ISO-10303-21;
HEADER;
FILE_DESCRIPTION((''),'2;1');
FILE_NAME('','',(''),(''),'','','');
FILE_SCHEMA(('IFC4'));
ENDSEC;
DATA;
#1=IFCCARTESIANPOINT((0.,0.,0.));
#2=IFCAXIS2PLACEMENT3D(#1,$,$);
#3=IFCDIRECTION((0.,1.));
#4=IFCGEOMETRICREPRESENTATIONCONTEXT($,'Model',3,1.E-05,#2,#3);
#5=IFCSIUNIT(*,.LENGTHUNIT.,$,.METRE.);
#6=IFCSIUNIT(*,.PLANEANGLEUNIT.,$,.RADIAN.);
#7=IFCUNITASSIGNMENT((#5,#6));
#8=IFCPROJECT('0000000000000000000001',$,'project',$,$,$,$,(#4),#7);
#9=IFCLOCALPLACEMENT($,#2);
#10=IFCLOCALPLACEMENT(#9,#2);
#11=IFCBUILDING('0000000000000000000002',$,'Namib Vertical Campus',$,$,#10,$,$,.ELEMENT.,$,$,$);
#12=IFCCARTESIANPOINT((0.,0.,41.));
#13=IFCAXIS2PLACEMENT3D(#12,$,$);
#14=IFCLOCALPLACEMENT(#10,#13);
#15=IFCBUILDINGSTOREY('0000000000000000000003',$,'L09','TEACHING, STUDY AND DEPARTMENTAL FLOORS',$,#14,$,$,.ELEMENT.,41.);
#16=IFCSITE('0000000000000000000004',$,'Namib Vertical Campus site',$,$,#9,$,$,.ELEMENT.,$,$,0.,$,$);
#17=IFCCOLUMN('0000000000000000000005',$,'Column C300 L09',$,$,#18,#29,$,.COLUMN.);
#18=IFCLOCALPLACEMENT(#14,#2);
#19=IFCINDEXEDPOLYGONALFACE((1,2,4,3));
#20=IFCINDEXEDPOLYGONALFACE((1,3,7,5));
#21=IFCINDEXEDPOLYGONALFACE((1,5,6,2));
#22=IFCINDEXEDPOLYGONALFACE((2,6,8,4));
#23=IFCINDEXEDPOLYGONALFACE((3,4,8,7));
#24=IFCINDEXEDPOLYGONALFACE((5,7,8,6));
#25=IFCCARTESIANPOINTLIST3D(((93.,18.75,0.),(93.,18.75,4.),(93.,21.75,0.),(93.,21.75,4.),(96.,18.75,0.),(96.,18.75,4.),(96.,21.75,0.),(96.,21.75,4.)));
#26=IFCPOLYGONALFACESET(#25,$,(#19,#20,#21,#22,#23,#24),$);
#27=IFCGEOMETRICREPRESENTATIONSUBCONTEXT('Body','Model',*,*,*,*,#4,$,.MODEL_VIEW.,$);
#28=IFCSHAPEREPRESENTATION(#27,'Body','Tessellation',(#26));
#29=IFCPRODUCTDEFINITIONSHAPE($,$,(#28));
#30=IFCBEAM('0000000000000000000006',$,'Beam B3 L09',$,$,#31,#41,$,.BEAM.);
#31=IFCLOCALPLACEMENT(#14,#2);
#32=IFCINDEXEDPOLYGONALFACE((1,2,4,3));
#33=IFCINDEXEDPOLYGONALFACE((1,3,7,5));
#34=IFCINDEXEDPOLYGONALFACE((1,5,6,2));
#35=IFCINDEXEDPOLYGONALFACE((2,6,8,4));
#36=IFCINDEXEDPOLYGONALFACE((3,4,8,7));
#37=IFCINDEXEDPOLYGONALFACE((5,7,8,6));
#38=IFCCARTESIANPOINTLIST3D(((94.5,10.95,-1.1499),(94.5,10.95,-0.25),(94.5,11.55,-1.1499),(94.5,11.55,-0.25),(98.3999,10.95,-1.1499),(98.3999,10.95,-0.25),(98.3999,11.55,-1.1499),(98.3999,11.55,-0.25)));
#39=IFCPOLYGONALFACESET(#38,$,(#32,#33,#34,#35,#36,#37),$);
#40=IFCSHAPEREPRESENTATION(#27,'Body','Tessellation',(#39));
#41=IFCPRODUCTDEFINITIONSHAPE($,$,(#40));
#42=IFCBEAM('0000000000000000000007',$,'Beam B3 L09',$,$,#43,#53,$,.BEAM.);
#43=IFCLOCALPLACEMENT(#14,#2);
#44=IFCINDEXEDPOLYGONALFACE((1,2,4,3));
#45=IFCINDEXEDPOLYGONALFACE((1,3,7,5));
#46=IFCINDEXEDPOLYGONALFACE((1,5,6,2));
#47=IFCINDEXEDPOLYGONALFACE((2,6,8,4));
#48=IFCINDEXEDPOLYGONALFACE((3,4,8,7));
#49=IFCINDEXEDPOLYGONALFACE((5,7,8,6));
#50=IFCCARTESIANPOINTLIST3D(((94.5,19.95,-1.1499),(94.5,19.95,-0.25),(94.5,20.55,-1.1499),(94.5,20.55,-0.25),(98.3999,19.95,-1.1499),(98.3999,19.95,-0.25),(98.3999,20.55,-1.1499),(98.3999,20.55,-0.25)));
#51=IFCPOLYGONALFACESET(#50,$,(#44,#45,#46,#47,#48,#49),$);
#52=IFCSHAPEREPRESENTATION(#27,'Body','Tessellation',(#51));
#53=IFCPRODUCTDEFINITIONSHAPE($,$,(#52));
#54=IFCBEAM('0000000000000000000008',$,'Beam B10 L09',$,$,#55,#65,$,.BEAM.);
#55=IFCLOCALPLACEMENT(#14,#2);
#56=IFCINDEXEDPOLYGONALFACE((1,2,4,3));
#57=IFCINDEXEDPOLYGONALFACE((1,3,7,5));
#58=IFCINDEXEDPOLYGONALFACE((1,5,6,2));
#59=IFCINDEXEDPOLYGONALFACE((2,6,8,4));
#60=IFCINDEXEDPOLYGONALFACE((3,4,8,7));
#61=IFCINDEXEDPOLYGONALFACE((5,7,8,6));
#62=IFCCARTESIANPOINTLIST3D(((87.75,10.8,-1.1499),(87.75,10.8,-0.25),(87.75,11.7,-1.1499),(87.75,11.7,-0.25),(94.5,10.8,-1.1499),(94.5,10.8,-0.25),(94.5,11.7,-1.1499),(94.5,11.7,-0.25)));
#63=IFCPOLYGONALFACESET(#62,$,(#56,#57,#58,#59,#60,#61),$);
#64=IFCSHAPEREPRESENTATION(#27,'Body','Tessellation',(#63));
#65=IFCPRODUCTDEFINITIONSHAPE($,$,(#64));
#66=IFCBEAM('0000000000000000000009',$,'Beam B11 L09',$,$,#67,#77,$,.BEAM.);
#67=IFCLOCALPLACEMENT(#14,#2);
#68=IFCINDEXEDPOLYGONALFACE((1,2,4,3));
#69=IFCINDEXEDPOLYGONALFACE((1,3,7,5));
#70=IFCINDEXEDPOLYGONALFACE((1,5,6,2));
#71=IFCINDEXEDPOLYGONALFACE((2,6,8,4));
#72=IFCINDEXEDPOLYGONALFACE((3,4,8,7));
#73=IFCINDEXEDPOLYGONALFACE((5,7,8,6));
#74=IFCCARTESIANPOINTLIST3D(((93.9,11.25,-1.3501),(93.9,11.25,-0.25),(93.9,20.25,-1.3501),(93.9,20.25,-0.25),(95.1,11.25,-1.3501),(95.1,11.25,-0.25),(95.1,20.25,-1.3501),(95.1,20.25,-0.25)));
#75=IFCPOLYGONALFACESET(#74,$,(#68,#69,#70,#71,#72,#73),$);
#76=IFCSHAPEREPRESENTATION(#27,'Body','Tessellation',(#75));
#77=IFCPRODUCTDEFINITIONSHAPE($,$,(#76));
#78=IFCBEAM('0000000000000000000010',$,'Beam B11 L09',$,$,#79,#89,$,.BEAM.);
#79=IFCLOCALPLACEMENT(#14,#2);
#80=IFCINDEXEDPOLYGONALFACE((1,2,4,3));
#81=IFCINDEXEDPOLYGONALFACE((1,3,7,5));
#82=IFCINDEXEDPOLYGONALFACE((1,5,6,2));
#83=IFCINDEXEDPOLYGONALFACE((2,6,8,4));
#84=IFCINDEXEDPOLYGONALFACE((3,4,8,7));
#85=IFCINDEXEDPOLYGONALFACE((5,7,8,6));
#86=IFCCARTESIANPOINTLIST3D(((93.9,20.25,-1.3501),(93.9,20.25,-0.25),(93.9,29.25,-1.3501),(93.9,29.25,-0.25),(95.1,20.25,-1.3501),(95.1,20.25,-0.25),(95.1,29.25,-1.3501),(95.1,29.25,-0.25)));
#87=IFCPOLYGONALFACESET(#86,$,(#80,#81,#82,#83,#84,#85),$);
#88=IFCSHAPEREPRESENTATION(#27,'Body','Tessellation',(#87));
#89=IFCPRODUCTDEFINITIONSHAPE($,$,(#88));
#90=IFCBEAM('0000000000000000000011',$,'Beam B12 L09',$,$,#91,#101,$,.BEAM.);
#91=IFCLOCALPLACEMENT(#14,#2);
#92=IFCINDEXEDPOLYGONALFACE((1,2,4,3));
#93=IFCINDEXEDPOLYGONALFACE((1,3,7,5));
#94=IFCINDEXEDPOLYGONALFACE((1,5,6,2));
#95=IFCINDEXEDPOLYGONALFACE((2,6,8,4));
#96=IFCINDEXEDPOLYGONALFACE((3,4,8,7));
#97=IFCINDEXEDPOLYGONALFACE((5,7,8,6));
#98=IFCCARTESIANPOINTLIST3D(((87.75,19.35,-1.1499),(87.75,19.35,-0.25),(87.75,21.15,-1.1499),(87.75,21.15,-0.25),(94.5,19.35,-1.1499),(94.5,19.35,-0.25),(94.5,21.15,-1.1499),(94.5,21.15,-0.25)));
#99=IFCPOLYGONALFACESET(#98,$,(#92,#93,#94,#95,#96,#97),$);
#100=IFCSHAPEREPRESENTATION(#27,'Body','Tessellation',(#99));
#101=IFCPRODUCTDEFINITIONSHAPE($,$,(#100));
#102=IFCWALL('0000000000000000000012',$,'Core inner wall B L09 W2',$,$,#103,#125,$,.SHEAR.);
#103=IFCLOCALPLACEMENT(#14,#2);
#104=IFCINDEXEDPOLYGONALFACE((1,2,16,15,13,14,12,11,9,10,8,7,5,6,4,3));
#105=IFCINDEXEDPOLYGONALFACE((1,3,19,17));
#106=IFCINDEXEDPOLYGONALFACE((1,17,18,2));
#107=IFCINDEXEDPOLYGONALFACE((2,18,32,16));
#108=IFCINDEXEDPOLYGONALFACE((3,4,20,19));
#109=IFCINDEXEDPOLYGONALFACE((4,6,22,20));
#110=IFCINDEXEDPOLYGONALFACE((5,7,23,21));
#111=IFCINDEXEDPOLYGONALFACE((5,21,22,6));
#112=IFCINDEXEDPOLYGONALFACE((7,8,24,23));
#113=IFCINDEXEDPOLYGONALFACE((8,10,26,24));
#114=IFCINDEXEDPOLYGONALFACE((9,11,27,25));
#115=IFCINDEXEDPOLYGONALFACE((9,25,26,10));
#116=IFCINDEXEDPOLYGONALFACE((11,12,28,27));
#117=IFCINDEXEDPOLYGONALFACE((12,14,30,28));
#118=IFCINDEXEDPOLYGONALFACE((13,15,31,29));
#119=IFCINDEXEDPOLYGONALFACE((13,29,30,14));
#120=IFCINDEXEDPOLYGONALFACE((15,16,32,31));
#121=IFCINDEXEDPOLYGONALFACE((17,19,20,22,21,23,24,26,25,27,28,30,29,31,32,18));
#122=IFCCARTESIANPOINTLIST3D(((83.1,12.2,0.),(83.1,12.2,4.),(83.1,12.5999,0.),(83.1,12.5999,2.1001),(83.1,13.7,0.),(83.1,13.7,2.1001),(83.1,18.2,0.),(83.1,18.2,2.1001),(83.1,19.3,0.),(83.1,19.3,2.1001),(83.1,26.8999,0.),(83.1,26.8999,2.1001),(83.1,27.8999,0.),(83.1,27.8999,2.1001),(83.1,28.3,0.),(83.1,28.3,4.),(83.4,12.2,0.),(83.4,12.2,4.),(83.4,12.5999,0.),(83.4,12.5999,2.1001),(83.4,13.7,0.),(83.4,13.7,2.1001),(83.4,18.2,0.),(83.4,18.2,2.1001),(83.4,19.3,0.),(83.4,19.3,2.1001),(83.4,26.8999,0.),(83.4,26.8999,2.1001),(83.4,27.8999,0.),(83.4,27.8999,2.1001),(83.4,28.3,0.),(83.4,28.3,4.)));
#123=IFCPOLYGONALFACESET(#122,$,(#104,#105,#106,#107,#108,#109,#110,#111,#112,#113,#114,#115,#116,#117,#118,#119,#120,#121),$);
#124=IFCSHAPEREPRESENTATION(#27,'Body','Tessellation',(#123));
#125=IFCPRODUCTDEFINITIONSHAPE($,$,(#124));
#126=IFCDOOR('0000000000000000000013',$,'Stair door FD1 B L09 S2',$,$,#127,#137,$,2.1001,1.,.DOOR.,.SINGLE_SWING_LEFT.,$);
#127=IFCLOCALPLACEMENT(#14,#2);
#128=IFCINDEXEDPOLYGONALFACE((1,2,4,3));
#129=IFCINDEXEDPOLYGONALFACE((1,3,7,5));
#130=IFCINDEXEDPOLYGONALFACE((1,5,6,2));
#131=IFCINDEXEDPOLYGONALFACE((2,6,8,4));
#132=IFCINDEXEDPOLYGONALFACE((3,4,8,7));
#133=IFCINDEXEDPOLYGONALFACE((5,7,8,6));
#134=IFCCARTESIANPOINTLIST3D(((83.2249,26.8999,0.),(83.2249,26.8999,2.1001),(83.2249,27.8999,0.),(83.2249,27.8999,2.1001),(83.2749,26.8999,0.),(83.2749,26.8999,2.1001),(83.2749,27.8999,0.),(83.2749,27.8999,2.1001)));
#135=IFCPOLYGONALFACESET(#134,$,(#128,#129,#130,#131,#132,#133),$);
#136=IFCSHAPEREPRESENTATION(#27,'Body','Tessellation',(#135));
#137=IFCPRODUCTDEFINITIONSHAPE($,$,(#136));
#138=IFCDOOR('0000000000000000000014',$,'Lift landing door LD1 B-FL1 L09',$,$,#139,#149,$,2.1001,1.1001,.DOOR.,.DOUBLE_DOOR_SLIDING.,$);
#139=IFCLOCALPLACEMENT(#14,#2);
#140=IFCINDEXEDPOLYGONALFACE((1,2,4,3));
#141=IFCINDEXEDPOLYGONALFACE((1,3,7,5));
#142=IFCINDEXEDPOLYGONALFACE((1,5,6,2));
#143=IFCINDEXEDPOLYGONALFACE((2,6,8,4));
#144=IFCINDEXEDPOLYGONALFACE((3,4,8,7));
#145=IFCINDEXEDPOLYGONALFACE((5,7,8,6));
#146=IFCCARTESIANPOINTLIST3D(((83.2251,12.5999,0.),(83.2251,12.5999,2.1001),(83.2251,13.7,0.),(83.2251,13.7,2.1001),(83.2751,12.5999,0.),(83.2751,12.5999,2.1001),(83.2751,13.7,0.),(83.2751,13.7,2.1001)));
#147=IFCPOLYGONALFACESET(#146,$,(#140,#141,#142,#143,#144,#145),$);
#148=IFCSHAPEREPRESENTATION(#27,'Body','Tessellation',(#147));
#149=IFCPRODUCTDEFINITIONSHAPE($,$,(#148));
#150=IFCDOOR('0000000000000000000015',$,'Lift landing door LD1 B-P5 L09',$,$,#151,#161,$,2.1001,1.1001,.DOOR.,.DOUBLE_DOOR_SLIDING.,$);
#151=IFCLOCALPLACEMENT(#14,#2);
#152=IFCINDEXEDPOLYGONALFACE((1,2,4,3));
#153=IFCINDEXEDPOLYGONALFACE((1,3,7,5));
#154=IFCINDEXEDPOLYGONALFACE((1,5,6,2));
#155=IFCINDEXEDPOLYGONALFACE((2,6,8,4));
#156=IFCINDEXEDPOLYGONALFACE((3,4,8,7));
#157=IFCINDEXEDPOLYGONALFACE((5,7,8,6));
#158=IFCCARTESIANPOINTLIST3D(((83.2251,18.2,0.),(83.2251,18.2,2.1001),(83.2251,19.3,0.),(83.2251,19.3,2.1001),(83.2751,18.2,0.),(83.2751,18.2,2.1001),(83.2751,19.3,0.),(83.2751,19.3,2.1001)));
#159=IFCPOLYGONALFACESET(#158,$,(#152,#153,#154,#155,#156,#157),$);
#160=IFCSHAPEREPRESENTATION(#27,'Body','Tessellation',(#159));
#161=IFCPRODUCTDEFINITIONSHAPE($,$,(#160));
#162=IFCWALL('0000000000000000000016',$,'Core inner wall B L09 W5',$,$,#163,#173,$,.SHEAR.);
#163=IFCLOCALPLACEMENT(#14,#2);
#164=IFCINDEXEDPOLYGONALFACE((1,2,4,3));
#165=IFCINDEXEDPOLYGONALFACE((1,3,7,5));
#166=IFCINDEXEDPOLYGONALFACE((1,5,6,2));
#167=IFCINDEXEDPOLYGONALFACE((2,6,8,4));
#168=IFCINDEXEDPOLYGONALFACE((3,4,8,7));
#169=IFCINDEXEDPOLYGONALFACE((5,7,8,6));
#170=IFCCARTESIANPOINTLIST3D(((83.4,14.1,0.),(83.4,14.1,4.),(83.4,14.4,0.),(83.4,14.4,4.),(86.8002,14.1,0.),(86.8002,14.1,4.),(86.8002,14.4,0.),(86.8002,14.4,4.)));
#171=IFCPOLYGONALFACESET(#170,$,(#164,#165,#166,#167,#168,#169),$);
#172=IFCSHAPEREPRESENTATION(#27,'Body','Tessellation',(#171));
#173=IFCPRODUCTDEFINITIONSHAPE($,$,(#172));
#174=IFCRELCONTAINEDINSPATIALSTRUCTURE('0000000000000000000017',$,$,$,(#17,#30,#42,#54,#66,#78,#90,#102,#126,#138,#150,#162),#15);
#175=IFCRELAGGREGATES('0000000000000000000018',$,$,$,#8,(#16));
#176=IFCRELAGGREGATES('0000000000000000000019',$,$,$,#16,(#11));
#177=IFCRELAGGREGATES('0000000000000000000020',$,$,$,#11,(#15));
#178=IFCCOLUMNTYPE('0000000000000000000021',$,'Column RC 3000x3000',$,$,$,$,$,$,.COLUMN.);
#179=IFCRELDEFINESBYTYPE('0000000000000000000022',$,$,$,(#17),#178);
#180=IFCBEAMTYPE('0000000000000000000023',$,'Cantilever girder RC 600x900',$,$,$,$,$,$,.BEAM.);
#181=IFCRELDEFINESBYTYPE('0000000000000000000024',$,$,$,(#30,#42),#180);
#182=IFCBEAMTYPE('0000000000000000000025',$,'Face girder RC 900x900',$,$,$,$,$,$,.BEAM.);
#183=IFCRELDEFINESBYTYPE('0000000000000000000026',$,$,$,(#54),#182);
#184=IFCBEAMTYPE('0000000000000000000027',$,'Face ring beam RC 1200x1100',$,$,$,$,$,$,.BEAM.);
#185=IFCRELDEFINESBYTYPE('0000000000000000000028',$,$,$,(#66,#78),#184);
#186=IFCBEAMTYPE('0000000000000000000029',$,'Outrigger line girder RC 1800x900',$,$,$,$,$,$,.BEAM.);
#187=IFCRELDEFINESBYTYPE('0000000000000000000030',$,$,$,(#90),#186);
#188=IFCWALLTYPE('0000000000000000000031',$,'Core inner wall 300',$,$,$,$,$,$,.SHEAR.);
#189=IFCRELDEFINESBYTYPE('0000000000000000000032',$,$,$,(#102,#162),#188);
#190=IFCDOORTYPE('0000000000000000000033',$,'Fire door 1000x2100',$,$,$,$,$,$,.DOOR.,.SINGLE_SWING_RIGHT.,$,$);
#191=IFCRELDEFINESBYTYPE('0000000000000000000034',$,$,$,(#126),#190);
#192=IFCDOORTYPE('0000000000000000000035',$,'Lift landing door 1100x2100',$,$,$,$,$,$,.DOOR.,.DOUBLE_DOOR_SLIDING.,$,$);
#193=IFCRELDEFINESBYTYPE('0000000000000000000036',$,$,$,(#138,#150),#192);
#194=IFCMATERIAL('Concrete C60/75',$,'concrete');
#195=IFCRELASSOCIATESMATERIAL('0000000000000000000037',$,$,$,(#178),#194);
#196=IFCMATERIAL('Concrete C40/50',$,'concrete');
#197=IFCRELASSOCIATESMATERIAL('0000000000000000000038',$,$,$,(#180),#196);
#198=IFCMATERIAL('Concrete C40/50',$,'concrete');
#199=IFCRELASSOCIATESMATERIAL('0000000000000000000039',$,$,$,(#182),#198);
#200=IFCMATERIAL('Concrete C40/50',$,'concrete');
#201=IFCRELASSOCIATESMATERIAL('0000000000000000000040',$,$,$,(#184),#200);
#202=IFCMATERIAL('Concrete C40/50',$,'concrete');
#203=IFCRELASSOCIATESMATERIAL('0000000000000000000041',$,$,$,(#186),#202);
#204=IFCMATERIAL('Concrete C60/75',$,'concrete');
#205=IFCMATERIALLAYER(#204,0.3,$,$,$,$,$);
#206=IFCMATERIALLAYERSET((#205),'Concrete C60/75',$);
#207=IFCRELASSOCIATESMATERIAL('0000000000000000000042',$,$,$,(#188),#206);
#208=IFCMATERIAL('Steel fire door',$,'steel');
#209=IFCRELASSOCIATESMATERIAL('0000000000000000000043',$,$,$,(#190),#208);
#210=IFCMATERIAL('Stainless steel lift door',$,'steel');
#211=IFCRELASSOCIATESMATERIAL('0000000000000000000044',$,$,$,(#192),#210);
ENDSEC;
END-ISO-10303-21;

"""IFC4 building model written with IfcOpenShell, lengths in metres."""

from ifc_helpers import new_model, si_unit, direction, frame, frame_2d, origin, origin_2d, place, context, subcontext, project, spatial, rectangle, extrude, material, layer, layer_set, material_profile, profile_set, type_object, element, fill, save


model = new_model("IFC4")

# Units and contexts
model_context = context("Model", 3, precision=1e-05, world=origin(), true_north=direction((0.0, 1.0)))
body_context = subcontext(model_context, "Body", "Model", "MODEL_VIEW")
ifc_project = project(units=[si_unit("LENGTHUNIT", "METRE"), si_unit("PLANEANGLEUNIT", "RADIAN")], contexts=[model_context])

# Site, building, storey
site_placement = place(None, origin())
site = spatial("IfcSite", under=ifc_project, at=site_placement, Name="Namib Vertical Campus site", CompositionType="ELEMENT", RefElevation=0.0)
building_placement = place(site_placement, origin())
building = spatial("IfcBuilding", under=site, at=building_placement, Name="Namib Vertical Campus", CompositionType="ELEMENT")
storey_placement = place(building_placement, frame((0.0, 0.0, 41.0)))
storey = spatial("IfcBuildingStorey", under=building, at=storey_placement, Name="L09", Description="TEACHING, STUDY AND DEPARTMENTAL FLOORS", CompositionType="ELEMENT", Elevation=41.0)

# Column
ifc_material_1 = material(Name="Concrete C60/75", Category="concrete")
ifc_material_profile_1 = material_profile(ifc_material_1, rectangle(XDim=3.0, YDim=3.0, at=origin_2d()))
ifc_profile_set_1 = profile_set([ifc_material_profile_1], Name="Concrete C60/75")
column_type = type_object("IfcColumnType", Name="Column RC 3000x3000", PredefinedType="COLUMN", material=ifc_profile_set_1)
column_placement = place(storey_placement, frame((94.5, 20.25, 0.0), z_axis=(0.0, 0.0, 1.0), x_axis=(1.0, 0.0, 0.0)))
element("IfcColumn", 1, at=column_placement, inside=storey, type_object=column_type, Name="Column C300 L09", PredefinedType="COLUMN", context=body_context, shape_type="SweptSolid", body=[
    extrude(rectangle(XDim=3.0, YDim=3.0, at=origin_2d()), origin(), (0.0, 0.0, 1.0), 4.0),
])

# Beams
ifc_material_2 = material(Name="Concrete C40/50", Category="concrete")
ifc_material_profile_2 = material_profile(ifc_material_2, rectangle(XDim=0.6001, YDim=0.8999, at=origin_2d()))
ifc_profile_set_2 = profile_set([ifc_material_profile_2], Name="Concrete C40/50")
beam_type_1 = type_object("IfcBeamType", Name="Cantilever girder RC 600x900", PredefinedType="BEAM", material=ifc_profile_set_2)
for number, where, z_axis, x_axis, name in (
    (2, (94.5, 11.25, -0.7), (1.0, 0.0, 0.0), (0.0, 1.0, 0.0), "Beam B3 L09"),
    (3, (94.5, 20.25, -0.7), (1.0, 0.0, 0.0), (0.0, 1.0, 0.0), "Beam B3 L09"),
):
    element("IfcBeam", number, at=place(storey_placement, frame(where, z_axis=z_axis, x_axis=x_axis)), inside=storey, type_object=beam_type_1, Name=name, PredefinedType="BEAM", context=body_context, shape_type="SweptSolid", body=[
        extrude(rectangle(XDim=0.6001, YDim=0.8999, at=origin_2d()), origin(), (0.0, 0.0, 1.0), 3.8999),
    ])
ifc_material_3 = material(Name="Concrete C40/50", Category="concrete")
ifc_material_profile_3 = material_profile(ifc_material_3, rectangle(XDim=0.8999, YDim=0.8999, at=origin_2d()))
ifc_profile_set_3 = profile_set([ifc_material_profile_3], Name="Concrete C40/50")
beam_type_2 = type_object("IfcBeamType", Name="Face girder RC 900x900", PredefinedType="BEAM", material=ifc_profile_set_3)
beam_1_placement = place(storey_placement, frame((94.5, 11.25, -0.7), z_axis=(-1.0, 0.0, 0.0), x_axis=(0.0, -1.0, 0.0)))
element("IfcBeam", 4, at=beam_1_placement, inside=storey, type_object=beam_type_2, Name="Beam B10 L09", PredefinedType="BEAM", context=body_context, shape_type="SweptSolid", body=[
    extrude(rectangle(XDim=0.8999, YDim=0.8999, at=origin_2d()), origin(), (0.0, 0.0, 1.0), 6.75),
])
ifc_material_4 = material(Name="Concrete C40/50", Category="concrete")
ifc_material_profile_4 = material_profile(ifc_material_4, rectangle(XDim=1.2, YDim=1.1001, at=origin_2d()))
ifc_profile_set_4 = profile_set([ifc_material_profile_4], Name="Concrete C40/50")
beam_type_3 = type_object("IfcBeamType", Name="Face ring beam RC 1200x1100", PredefinedType="BEAM", material=ifc_profile_set_4)
for number, where, z_axis, x_axis, name in (
    (5, (94.5, 11.25, -0.8), (0.0, 1.0, 0.0), (-1.0, 0.0, 0.0), "Beam B11 L09"),
    (6, (94.5, 20.25, -0.8), (0.0, 1.0, 0.0), (-1.0, 0.0, 0.0), "Beam B11 L09"),
):
    element("IfcBeam", number, at=place(storey_placement, frame(where, z_axis=z_axis, x_axis=x_axis)), inside=storey, type_object=beam_type_3, Name=name, PredefinedType="BEAM", context=body_context, shape_type="SweptSolid", body=[
        extrude(rectangle(XDim=1.2, YDim=1.1001, at=origin_2d()), origin(), (0.0, 0.0, 1.0), 9.0),
    ])
ifc_material_5 = material(Name="Concrete C40/50", Category="concrete")
ifc_material_profile_5 = material_profile(ifc_material_5, rectangle(XDim=1.8, YDim=0.8999, at=origin_2d()))
ifc_profile_set_5 = profile_set([ifc_material_profile_5], Name="Concrete C40/50")
beam_type_4 = type_object("IfcBeamType", Name="Outrigger line girder RC 1800x900", PredefinedType="BEAM", material=ifc_profile_set_5)
beam_2_placement = place(storey_placement, frame((94.5, 20.25, -0.7), z_axis=(-1.0, 0.0, 0.0), x_axis=(0.0, -1.0, 0.0)))
element("IfcBeam", 7, at=beam_2_placement, inside=storey, type_object=beam_type_4, Name="Beam B12 L09", PredefinedType="BEAM", context=body_context, shape_type="SweptSolid", body=[
    extrude(rectangle(XDim=1.8, YDim=0.8999, at=origin_2d()), origin(), (0.0, 0.0, 1.0), 6.75),
])

# Wall, openings, doors
ifc_material_6 = material(Name="Concrete C60/75", Category="concrete")
ifc_layer_1 = layer(ifc_material_6, 0.3)
ifc_layer_set_1 = layer_set([ifc_layer_1], Name="Concrete C60/75")
wall_type_1 = type_object("IfcWallType", Name="Core inner wall 300", PredefinedType="SHEAR", material=ifc_layer_set_1)
wall_1_placement = place(storey_placement, frame((83.25, 12.2, 0.0), z_axis=(0.0, 0.0, 1.0), x_axis=(0.0, 1.0, 0.0)))
wall_1 = element("IfcWall", 8, at=wall_1_placement, inside=storey, type_object=wall_type_1, Name="Core inner wall B L09 W2", PredefinedType="SHEAR", context=body_context, shape_type="SweptSolid", body=[
    extrude(rectangle(XDim=16.1001, YDim=0.3, at=frame_2d((8.05, 0.0))), origin(), (0.0, 0.0, 1.0), 4.0),
])
opening_1_placement = place(wall_1_placement, frame((14.7, 0.0, 0.0)))
opening_1 = element("IfcOpeningElement", 9, at=opening_1_placement, cuts=wall_1, PredefinedType="OPENING", context=body_context, shape_type="SweptSolid", body=[
    extrude(rectangle(XDim=1.0, YDim=2.1001, at=frame_2d((0.5, 1.05))), frame((0.0, 0.1599, 0.0), z_axis=(0.0, -1.0, 0.0), x_axis=(1.0, 0.0, 0.0)), (0.0, 0.0, 1.0), 0.3201),
])
opening_2_placement = place(wall_1_placement, frame((0.3999, 0.0, 0.0)))
opening_2 = element("IfcOpeningElement", 10, at=opening_2_placement, cuts=wall_1, PredefinedType="OPENING", context=body_context, shape_type="SweptSolid", body=[
    extrude(rectangle(XDim=1.1001, YDim=2.1001, at=frame_2d((0.55, 1.05))), frame((0.0, 0.1599, 0.0), z_axis=(0.0, -1.0, 0.0), x_axis=(1.0, 0.0, 0.0)), (0.0, 0.0, 1.0), 0.3201),
])
opening_3_placement = place(wall_1_placement, frame((6.0, 0.0, 0.0)))
opening_3 = element("IfcOpeningElement", 11, at=opening_3_placement, cuts=wall_1, PredefinedType="OPENING", context=body_context, shape_type="SweptSolid", body=[
    extrude(rectangle(XDim=1.1001, YDim=2.1001, at=frame_2d((0.55, 1.05))), frame((0.0, 0.1599, 0.0), z_axis=(0.0, -1.0, 0.0), x_axis=(1.0, 0.0, 0.0)), (0.0, 0.0, 1.0), 0.3201),
])
ifc_material_7 = material(Name="Steel fire door", Category="steel")
door_type_1 = type_object("IfcDoorType", Name="Fire door 1000x2100", OperationType="SINGLE_SWING_RIGHT", PredefinedType="DOOR", material=ifc_material_7)
door_1_placement = place(opening_1_placement, frame((1.0, 0.0, 0.0), z_axis=(0.0, 0.0, 1.0), x_axis=(-1.0, 0.0, 0.0)))
door_1 = element("IfcDoor", 12, at=door_1_placement, inside=storey, type_object=door_type_1, Name="Stair door FD1 B L09 S2", OperationType="SINGLE_SWING_LEFT", OverallHeight=2.1001, OverallWidth=1.0, PredefinedType="DOOR", context=body_context, shape_type="SweptSolid", body=[
    extrude(rectangle(XDim=1.0, YDim=2.1001, at=frame_2d((0.5, 1.05))), frame((0.0, 0.0249, 0.0), z_axis=(0.0, -1.0, 0.0), x_axis=(1.0, 0.0, 0.0)), (0.0, 0.0, 1.0), 0.05),
])
fill(opening_1, door_1)
ifc_material_8 = material(Name="Stainless steel lift door", Category="steel")
door_type_2 = type_object("IfcDoorType", Name="Lift landing door 1100x2100", OperationType="DOUBLE_DOOR_SLIDING", PredefinedType="DOOR", material=ifc_material_8)
door_2_placement = place(opening_2_placement, origin())
door_2 = element("IfcDoor", 13, at=door_2_placement, inside=storey, type_object=door_type_2, Name="Lift landing door LD1 B-FL1 L09", OperationType="DOUBLE_DOOR_SLIDING", OverallHeight=2.1001, OverallWidth=1.1001, PredefinedType="DOOR", context=body_context, shape_type="SweptSolid", body=[
    extrude(rectangle(XDim=1.1001, YDim=2.1001, at=frame_2d((0.55, 1.05))), frame((0.0, 0.0249, 0.0), z_axis=(0.0, -1.0, 0.0), x_axis=(1.0, 0.0, 0.0)), (0.0, 0.0, 1.0), 0.05),
])
fill(opening_2, door_2)
door_3_placement = place(opening_3_placement, origin())
door_3 = element("IfcDoor", 14, at=door_3_placement, inside=storey, type_object=door_type_2, Name="Lift landing door LD1 B-P5 L09", OperationType="DOUBLE_DOOR_SLIDING", OverallHeight=2.1001, OverallWidth=1.1001, PredefinedType="DOOR", context=body_context, shape_type="SweptSolid", body=[
    extrude(rectangle(XDim=1.1001, YDim=2.1001, at=frame_2d((0.55, 1.05))), frame((0.0, 0.0249, 0.0), z_axis=(0.0, -1.0, 0.0), x_axis=(1.0, 0.0, 0.0)), (0.0, 0.0, 1.0), 0.05),
])
fill(opening_3, door_3)

# Wall
for number, where, z_axis, x_axis, name in (
    (15, (83.3999, 14.25, 0.0), (0.0, 0.0, 1.0), (1.0, 0.0, 0.0), "Core inner wall B L09 W5"),
):
    element("IfcWall", number, at=place(storey_placement, frame(where, z_axis=z_axis, x_axis=x_axis)), inside=storey, type_object=wall_type_1, Name=name, PredefinedType="SHEAR", context=body_context, shape_type="SweptSolid", body=[
        extrude(rectangle(XDim=3.4001, YDim=0.3, at=frame_2d((1.7002, 0.0))), origin(), (0.0, 0.0, 1.0), 4.0),
    ])

save(model, "model.ifc")
